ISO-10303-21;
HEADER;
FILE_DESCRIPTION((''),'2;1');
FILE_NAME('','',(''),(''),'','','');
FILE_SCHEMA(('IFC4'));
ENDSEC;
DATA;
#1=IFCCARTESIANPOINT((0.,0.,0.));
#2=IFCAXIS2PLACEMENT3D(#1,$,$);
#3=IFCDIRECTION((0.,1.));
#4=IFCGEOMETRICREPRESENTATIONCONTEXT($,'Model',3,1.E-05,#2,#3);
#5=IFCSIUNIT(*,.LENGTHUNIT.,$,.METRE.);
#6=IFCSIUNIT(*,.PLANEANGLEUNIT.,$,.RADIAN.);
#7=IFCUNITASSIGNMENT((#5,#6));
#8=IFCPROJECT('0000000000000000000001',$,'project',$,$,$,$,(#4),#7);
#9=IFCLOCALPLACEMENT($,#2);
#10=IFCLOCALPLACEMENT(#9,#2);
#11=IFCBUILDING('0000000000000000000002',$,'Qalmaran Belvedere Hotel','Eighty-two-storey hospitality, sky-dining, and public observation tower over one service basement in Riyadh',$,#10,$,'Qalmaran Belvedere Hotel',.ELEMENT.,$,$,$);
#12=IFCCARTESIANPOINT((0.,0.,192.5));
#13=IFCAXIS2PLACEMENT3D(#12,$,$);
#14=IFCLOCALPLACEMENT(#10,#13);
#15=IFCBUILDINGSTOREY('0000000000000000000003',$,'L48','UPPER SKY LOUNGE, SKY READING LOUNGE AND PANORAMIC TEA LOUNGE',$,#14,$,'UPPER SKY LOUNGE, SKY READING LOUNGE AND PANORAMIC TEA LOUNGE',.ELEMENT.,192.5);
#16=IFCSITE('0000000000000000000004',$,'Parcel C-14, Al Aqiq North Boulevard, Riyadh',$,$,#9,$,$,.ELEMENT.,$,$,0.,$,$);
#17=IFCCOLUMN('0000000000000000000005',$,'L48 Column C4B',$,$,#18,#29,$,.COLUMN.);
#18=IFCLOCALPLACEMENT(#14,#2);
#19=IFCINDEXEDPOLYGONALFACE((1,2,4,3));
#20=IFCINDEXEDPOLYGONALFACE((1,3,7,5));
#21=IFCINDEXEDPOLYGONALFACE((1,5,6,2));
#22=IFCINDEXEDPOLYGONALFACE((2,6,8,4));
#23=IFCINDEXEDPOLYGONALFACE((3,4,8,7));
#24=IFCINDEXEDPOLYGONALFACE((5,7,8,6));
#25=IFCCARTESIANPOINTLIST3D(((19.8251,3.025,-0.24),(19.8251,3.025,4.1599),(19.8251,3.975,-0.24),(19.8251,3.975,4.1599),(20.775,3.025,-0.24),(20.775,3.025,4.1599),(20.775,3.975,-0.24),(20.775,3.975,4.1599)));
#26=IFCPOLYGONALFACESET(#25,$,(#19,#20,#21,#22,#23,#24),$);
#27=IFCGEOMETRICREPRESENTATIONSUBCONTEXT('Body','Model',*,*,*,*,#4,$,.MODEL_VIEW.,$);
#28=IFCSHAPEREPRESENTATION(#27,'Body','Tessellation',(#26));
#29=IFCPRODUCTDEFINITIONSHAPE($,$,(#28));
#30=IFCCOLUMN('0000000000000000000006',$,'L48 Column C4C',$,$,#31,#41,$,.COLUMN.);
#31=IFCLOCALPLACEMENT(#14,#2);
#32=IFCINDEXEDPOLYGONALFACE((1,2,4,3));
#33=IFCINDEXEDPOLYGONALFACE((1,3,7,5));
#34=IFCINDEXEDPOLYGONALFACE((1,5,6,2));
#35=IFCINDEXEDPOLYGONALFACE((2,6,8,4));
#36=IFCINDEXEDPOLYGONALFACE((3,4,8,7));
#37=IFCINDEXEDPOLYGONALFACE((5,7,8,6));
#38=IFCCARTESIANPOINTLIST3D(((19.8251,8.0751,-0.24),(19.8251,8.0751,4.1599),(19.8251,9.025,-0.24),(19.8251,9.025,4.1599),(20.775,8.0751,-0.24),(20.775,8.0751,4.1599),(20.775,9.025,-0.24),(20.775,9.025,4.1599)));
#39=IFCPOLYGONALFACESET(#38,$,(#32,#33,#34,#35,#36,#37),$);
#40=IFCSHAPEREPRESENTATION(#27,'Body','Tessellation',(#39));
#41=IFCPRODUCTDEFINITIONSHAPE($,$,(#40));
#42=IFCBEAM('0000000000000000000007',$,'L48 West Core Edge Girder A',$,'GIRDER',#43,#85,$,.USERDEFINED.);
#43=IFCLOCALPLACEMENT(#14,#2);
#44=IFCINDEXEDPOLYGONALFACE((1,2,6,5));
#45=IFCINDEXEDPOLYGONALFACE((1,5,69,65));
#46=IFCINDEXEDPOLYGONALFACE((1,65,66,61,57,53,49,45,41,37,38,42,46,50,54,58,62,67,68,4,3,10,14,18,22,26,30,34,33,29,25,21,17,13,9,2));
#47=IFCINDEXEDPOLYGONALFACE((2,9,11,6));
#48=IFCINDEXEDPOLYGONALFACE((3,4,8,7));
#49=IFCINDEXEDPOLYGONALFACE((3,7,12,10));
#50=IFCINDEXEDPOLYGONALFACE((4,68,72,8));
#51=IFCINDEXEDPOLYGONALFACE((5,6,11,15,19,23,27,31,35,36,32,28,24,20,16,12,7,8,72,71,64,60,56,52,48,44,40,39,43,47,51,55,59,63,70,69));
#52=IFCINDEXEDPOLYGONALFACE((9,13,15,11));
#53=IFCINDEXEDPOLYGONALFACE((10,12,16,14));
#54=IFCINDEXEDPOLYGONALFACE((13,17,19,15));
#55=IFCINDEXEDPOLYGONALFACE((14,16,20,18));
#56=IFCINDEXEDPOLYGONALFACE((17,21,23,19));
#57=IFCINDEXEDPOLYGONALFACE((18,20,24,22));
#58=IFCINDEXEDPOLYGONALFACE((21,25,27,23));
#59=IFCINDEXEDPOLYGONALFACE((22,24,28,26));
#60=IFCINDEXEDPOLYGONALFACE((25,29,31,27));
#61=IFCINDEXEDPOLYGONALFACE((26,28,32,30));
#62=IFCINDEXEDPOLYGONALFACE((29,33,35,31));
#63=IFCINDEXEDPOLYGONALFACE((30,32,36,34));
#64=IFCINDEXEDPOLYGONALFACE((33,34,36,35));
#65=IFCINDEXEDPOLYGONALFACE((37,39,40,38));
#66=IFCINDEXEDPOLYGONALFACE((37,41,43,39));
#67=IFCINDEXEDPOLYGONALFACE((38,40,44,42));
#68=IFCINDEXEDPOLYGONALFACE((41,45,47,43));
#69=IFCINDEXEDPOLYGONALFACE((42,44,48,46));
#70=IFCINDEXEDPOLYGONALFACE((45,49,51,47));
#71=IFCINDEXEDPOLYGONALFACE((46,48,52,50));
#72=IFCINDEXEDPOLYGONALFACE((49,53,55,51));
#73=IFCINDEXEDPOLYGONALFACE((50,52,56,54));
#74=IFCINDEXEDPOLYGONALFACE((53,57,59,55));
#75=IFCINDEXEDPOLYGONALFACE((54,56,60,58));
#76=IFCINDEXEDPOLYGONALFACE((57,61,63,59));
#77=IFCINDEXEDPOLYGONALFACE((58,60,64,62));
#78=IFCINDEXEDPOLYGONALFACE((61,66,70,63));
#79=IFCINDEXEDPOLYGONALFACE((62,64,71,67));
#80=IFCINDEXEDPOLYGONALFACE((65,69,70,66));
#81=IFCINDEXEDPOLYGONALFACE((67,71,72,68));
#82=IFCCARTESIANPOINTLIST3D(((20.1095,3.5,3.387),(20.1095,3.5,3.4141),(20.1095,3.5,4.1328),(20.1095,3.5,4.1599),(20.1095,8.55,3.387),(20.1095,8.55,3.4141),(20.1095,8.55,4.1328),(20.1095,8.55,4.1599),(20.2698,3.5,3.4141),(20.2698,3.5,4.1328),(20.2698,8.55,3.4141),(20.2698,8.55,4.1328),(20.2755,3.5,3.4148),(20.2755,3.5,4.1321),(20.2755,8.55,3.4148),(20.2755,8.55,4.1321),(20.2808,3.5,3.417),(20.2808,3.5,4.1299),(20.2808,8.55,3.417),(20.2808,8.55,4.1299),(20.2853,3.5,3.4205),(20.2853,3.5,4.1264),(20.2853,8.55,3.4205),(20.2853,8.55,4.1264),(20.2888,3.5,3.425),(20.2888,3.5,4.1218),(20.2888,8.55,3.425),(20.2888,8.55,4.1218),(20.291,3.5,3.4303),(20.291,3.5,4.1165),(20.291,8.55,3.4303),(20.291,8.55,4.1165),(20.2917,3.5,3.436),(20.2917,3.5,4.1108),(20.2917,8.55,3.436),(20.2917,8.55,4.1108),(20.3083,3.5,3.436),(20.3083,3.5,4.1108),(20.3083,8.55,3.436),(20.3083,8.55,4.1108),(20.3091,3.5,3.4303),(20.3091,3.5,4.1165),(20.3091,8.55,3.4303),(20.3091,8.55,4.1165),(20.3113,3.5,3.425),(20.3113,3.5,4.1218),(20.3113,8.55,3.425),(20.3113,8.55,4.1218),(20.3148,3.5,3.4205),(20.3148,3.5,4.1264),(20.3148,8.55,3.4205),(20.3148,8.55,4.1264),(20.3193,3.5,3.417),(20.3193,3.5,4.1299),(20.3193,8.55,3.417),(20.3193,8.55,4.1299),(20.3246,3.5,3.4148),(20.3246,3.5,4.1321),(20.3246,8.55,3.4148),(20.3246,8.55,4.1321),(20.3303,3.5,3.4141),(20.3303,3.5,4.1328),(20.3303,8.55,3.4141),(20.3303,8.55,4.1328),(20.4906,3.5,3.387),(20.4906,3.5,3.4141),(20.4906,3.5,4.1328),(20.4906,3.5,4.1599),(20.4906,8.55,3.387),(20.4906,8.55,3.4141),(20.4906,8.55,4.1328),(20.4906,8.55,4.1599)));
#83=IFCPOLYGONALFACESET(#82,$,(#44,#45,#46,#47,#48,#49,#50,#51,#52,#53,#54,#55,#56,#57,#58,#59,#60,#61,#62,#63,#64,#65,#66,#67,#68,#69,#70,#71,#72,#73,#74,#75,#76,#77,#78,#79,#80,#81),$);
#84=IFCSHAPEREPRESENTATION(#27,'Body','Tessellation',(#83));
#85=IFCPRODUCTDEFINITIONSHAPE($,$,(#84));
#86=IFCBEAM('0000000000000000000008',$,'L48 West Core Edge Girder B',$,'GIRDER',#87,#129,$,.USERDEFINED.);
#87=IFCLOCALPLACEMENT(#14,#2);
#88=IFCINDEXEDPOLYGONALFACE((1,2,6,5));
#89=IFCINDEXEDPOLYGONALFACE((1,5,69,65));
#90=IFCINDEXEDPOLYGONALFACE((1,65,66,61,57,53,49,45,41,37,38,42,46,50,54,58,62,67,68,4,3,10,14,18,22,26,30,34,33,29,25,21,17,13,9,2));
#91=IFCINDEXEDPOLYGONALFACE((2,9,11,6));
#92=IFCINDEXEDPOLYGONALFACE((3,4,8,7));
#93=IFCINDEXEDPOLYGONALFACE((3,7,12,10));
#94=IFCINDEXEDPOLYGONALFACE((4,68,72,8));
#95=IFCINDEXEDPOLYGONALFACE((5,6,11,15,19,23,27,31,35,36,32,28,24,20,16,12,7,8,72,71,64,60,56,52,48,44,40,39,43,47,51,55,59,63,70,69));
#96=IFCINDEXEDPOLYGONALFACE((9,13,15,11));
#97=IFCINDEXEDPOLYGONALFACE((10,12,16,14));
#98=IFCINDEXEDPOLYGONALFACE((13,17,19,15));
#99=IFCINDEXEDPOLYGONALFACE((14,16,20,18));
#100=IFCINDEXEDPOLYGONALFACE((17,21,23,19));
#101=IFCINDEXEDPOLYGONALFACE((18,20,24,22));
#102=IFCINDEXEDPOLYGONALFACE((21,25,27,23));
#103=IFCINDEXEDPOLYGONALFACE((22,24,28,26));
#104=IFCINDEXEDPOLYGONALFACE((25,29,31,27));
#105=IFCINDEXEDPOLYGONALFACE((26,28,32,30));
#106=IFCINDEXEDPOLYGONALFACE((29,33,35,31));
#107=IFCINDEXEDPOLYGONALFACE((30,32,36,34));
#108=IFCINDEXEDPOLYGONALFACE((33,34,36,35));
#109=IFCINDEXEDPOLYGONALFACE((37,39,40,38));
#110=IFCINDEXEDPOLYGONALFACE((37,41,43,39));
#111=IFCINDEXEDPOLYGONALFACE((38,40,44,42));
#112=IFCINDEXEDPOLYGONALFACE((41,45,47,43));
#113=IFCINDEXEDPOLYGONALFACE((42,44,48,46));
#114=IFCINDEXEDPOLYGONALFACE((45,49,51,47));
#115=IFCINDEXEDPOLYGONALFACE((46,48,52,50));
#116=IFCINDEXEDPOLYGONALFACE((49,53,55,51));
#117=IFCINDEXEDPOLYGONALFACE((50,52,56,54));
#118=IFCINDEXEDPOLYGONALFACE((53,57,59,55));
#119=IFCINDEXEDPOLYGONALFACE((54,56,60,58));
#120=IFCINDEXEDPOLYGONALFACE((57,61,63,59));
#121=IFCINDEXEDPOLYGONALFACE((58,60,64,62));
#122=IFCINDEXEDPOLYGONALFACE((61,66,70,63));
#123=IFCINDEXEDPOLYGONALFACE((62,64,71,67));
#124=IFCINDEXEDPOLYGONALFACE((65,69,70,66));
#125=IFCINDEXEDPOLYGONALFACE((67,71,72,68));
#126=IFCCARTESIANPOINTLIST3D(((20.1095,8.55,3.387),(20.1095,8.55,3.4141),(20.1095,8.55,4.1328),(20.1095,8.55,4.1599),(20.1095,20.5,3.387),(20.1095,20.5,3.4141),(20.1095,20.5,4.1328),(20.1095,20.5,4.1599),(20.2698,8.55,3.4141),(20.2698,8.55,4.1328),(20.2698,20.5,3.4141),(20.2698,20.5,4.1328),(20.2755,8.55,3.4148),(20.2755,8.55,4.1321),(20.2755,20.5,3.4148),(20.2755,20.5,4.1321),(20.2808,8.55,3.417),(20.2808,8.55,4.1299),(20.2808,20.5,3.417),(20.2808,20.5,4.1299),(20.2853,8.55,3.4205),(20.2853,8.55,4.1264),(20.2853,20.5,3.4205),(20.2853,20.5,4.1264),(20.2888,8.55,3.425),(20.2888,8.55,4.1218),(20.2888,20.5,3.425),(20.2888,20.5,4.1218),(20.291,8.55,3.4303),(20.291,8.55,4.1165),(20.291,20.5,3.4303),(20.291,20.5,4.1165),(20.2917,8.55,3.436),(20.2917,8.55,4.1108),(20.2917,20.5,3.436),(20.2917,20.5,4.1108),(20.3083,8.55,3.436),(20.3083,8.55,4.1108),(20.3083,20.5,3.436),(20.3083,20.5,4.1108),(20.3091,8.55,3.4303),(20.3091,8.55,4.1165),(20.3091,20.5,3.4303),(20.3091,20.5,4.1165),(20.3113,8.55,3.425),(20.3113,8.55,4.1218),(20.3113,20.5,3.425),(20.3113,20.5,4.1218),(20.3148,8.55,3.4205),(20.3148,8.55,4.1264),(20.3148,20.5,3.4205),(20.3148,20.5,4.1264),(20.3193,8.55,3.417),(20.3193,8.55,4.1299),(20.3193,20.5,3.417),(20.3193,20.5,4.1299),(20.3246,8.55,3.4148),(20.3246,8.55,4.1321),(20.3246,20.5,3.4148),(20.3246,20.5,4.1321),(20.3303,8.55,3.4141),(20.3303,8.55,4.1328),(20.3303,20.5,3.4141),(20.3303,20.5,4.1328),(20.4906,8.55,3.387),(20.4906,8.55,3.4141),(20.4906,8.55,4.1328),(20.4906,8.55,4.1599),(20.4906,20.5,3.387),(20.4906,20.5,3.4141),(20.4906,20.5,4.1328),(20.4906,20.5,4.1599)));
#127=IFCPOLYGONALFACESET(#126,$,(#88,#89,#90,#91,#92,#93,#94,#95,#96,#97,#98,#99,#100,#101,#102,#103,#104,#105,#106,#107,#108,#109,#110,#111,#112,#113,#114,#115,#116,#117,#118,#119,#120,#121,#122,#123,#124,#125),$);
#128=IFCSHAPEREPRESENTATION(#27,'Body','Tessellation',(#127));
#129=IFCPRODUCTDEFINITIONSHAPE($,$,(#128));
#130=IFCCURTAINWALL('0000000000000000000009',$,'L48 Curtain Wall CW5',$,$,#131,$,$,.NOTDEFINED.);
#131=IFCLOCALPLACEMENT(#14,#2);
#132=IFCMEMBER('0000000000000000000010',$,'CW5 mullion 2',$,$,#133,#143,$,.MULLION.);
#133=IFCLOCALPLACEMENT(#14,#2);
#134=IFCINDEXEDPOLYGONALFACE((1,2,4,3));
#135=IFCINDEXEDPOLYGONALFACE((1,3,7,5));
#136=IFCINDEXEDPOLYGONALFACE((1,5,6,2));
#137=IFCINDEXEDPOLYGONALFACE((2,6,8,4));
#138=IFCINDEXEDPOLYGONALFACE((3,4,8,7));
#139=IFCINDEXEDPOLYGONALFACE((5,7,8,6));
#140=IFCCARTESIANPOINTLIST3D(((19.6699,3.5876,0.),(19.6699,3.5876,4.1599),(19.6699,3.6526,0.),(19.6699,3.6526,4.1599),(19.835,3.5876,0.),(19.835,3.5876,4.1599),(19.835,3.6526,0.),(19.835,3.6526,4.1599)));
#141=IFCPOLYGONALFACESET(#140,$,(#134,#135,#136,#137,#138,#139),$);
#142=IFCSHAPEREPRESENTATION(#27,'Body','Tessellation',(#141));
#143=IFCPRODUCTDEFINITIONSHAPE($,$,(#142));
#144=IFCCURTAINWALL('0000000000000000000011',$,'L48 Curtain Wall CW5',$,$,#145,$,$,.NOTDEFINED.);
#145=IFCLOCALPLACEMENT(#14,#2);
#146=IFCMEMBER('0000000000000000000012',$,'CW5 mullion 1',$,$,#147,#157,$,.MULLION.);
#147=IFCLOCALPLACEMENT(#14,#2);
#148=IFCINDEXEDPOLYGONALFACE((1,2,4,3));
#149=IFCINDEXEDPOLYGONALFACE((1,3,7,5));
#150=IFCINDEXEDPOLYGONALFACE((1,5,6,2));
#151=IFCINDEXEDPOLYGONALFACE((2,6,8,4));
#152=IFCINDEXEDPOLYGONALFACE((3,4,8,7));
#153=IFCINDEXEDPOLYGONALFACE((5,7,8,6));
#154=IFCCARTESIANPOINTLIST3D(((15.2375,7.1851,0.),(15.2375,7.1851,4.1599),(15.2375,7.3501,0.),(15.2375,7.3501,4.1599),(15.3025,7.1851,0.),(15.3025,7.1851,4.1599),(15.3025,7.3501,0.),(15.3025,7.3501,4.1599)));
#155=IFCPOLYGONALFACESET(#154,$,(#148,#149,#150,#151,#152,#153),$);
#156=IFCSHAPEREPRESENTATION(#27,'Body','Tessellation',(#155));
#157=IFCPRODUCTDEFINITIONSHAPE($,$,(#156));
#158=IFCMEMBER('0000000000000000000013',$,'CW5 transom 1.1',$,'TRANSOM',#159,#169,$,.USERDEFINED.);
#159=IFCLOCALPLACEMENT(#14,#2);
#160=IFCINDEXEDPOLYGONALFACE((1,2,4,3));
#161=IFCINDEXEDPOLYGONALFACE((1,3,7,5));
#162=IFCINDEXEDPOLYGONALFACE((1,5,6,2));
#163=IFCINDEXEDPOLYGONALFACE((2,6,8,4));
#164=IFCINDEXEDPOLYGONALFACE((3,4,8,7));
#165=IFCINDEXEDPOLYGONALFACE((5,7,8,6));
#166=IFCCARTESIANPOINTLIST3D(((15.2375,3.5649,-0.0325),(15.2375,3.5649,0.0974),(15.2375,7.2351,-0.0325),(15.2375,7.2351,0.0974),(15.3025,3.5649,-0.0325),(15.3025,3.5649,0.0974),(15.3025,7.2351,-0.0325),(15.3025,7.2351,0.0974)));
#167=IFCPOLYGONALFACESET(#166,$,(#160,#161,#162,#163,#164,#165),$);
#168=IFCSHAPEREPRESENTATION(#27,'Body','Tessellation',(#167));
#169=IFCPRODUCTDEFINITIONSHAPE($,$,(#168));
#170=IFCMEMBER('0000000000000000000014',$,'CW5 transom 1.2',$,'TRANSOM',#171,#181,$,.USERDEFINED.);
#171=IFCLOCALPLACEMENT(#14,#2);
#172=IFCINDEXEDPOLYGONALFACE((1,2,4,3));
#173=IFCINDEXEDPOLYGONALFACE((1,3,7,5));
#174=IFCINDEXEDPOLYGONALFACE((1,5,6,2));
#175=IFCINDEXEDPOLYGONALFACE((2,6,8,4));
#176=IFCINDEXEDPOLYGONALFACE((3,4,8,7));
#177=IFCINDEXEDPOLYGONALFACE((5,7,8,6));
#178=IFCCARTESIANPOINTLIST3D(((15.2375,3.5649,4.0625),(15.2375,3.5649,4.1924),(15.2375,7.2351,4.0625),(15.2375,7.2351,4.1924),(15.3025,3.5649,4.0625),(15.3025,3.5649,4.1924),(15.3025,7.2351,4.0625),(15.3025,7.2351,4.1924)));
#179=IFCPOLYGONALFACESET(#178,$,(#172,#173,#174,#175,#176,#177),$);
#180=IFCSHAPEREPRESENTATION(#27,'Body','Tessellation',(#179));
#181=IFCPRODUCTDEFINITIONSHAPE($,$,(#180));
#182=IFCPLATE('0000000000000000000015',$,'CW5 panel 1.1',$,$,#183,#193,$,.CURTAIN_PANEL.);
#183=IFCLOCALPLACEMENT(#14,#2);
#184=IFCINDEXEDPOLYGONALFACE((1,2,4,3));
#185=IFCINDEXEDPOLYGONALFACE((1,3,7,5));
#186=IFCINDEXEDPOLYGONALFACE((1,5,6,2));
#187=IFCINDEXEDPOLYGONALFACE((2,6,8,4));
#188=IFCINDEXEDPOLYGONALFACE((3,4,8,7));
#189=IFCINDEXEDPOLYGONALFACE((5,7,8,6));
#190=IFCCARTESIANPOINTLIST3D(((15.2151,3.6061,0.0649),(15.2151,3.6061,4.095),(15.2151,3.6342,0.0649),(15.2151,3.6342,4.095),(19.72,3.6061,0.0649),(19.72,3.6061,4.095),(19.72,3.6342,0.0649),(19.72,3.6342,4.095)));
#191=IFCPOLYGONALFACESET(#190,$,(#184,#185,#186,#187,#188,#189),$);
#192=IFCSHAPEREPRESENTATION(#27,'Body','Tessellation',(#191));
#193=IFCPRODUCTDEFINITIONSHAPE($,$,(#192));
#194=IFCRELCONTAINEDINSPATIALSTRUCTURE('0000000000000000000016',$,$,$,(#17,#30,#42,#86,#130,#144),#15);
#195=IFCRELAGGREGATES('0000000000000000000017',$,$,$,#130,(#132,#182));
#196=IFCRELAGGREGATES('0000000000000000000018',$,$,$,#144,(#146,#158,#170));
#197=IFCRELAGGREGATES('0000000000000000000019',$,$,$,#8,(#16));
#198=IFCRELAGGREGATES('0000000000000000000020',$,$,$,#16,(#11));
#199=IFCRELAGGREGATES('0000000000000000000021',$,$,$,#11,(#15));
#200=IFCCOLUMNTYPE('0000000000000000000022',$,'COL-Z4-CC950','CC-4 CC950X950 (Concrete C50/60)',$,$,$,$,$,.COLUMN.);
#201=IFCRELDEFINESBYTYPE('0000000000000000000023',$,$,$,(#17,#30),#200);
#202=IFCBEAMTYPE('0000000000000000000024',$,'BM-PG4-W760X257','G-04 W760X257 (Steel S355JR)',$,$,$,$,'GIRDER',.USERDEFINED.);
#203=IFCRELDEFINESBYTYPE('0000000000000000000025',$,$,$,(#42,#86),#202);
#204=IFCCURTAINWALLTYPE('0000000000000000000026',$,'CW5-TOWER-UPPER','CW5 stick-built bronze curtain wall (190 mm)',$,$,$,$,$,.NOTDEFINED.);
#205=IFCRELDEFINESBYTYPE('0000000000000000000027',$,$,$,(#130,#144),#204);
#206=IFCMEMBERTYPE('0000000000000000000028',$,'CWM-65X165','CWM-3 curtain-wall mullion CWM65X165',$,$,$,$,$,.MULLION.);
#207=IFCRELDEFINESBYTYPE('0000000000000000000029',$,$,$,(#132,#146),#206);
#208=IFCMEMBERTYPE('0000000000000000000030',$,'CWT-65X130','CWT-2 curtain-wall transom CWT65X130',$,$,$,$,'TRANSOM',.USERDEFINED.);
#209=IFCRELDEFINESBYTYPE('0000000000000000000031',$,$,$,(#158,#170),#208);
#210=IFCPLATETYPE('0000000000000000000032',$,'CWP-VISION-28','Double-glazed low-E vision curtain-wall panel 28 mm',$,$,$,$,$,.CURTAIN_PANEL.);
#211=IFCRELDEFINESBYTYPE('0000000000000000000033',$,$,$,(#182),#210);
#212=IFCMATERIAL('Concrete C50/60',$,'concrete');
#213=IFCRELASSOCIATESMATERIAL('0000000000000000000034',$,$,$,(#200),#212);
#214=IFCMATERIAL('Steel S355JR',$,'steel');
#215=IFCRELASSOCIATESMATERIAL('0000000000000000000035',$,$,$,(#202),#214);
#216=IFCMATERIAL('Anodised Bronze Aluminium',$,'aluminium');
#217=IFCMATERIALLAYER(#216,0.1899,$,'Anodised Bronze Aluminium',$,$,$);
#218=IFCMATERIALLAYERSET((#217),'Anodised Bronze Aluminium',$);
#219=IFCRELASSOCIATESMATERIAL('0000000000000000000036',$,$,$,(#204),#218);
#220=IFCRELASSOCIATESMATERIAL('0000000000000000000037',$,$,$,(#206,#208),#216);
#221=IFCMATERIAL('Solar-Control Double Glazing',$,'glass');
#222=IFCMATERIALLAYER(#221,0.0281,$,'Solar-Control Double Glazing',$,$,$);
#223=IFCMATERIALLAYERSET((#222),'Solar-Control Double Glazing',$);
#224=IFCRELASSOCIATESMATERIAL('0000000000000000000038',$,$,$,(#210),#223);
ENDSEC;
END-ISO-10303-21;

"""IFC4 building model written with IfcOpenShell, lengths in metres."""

from ifc_helpers import new_model, si_unit, direction, frame, origin, origin_2d, place, context, subcontext, project, spatial, rectangle, i_section, extrude, material, layer, layer_set, material_profile, profile_set, type_object, element, aggregate, save


model = new_model("IFC4")

# Units and contexts
model_context = context("Model", 3, precision=1e-05, world=origin(), true_north=direction((0.0, 1.0)))
body_context = subcontext(model_context, "Body", "Model", "MODEL_VIEW")
ifc_project = project(units=[si_unit("LENGTHUNIT", "METRE"), si_unit("PLANEANGLEUNIT", "RADIAN")], contexts=[model_context])

# Site, building, storey
site_placement = place(None, origin())
site = spatial("IfcSite", under=ifc_project, at=site_placement, Name="Parcel C-14, Al Aqiq North Boulevard, Riyadh", CompositionType="ELEMENT", RefElevation=0.0)
building_placement = place(site_placement, origin())
building = spatial("IfcBuilding", under=site, at=building_placement, Name="Qalmaran Belvedere Hotel", Description="Eighty-two-storey hospitality, sky-dining, and public observation tower over one service basement in Riyadh", LongName="Qalmaran Belvedere Hotel", CompositionType="ELEMENT")
storey_placement = place(building_placement, frame((0.0, 0.0, 192.5)))
storey = spatial("IfcBuildingStorey", under=building, at=storey_placement, Name="L48", Description="UPPER SKY LOUNGE, SKY READING LOUNGE AND PANORAMIC TEA LOUNGE", LongName="UPPER SKY LOUNGE, SKY READING LOUNGE AND PANORAMIC TEA LOUNGE", CompositionType="ELEMENT", Elevation=192.5)

# Columns
ifc_material_1 = material(Name="Concrete C50/60", Category="concrete")
ifc_material_profile_1 = material_profile(ifc_material_1, rectangle(XDim=0.95, YDim=0.95, at=origin_2d()), Name="CC950X950")
ifc_profile_set_1 = profile_set([ifc_material_profile_1], Name="Concrete C50/60")
column_type = type_object("IfcColumnType", Name="COL-Z4-CC950", Description="CC-4 CC950X950 (Concrete C50/60)", PredefinedType="COLUMN", material=ifc_profile_set_1)
for number, where, z_axis, x_axis, name in (
    (1, (20.3, 3.5, -0.24), (0.0, 0.0, 1.0), (1.0, 0.0, 0.0), "L48 Column C4B"),
    (2, (20.3, 8.55, -0.24), (0.0, 0.0, 1.0), (1.0, 0.0, 0.0), "L48 Column C4C"),
):
    element("IfcColumn", number, at=place(storey_placement, frame(where, z_axis=z_axis, x_axis=x_axis)), inside=storey, type_object=column_type, Name=name, PredefinedType="COLUMN", context=body_context, shape_type="SweptSolid", body=[
        extrude(rectangle(XDim=0.95, YDim=0.95, at=origin_2d()), origin(), (0.0, 0.0, 1.0), 4.3999),
    ])

# Beams
ifc_material_2 = material(Name="Steel S355JR", Category="steel")
ifc_material_profile_2 = material_profile(ifc_material_2, i_section(OverallWidth=0.3811, OverallDepth=0.7729, WebThickness=0.0166, FlangeThickness=0.0271, FilletRadius=0.022, at=origin_2d()), Name="W760X257")
ifc_profile_set_2 = profile_set([ifc_material_profile_2], Name="Steel S355JR")
beam_type = type_object("IfcBeamType", Name="BM-PG4-W760X257", Description="G-04 W760X257 (Steel S355JR)", ElementType="GIRDER", PredefinedType="USERDEFINED", material=ifc_profile_set_2)
beam_1_placement = place(storey_placement, frame((20.3, 3.5, 3.7734), z_axis=(0.0, 1.0, 0.0), x_axis=(-1.0, 0.0, 0.0)))
element("IfcBeam", 3, at=beam_1_placement, inside=storey, type_object=beam_type, Name="L48 West Core Edge Girder A", ObjectType="GIRDER", PredefinedType="USERDEFINED", context=body_context, shape_type="SweptSolid", body=[
    extrude(i_section(OverallWidth=0.3811, OverallDepth=0.7729, WebThickness=0.0166, FlangeThickness=0.0271, FilletRadius=0.022, at=origin_2d()), origin(), (0.0, 0.0, 1.0), 5.05),
])
beam_2_placement = place(storey_placement, frame((20.3, 8.55, 3.7734), z_axis=(0.0, 1.0, 0.0), x_axis=(-1.0, 0.0, 0.0)))
element("IfcBeam", 4, at=beam_2_placement, inside=storey, type_object=beam_type, Name="L48 West Core Edge Girder B", ObjectType="GIRDER", PredefinedType="USERDEFINED", context=body_context, shape_type="SweptSolid", body=[
    extrude(i_section(OverallWidth=0.3811, OverallDepth=0.7729, WebThickness=0.0166, FlangeThickness=0.0271, FilletRadius=0.022, at=origin_2d()), origin(), (0.0, 0.0, 1.0), 11.95),
])

# Curtain wall, member
ifc_material_3 = material(Name="Anodised Bronze Aluminium", Category="aluminium")
ifc_layer_1 = layer(ifc_material_3, 0.1899, Name="Anodised Bronze Aluminium")
ifc_layer_set_1 = layer_set([ifc_layer_1], Name="Anodised Bronze Aluminium")
curtain_wall_type = type_object("IfcCurtainWallType", Name="CW5-TOWER-UPPER", Description="CW5 stick-built bronze curtain wall (190 mm)", PredefinedType="NOTDEFINED", material=ifc_layer_set_1)
curtain_wall_1_placement = place(storey_placement, origin())
curtain_wall_1 = element("IfcCurtainWall", 5, at=curtain_wall_1_placement, inside=storey, type_object=curtain_wall_type, Name="L48 Curtain Wall CW5", PredefinedType="NOTDEFINED")
ifc_material_profile_3 = material_profile(ifc_material_3, rectangle(XDim=0.0649, YDim=0.165, at=origin_2d()), Name="CWM65X165")
ifc_profile_set_3 = profile_set([ifc_material_profile_3], Name="Anodised Bronze Aluminium")
member_type_1 = type_object("IfcMemberType", Name="CWM-65X165", Description="CWM-3 curtain-wall mullion CWM65X165", PredefinedType="MULLION", material=ifc_profile_set_3)
member_1_placement = place(storey_placement, frame((19.7524, 3.6201, 0.0), z_axis=(0.0, 0.0, 1.0), x_axis=(0.0, 1.0, 0.0)))
member_1 = element("IfcMember", 6, at=member_1_placement, type_object=member_type_1, Name="CW5 mullion 2", PredefinedType="MULLION", context=body_context, shape_type="SweptSolid", body=[
    extrude(rectangle(XDim=0.0649, YDim=0.165, at=origin_2d()), origin(), (0.0, 0.0, 1.0), 4.1599),
])

# Curtain wall, members
curtain_wall_2_placement = place(storey_placement, origin())
curtain_wall_2 = element("IfcCurtainWall", 7, at=curtain_wall_2_placement, inside=storey, type_object=curtain_wall_type, Name="L48 Curtain Wall CW5", PredefinedType="NOTDEFINED")
member_2_placement = place(storey_placement, frame((15.27, 7.2676, 0.0), z_axis=(0.0, 0.0, 1.0), x_axis=(1.0, 0.0, 0.0)))
member_2 = element("IfcMember", 8, at=member_2_placement, type_object=member_type_1, Name="CW5 mullion 1", PredefinedType="MULLION", context=body_context, shape_type="SweptSolid", body=[
    extrude(rectangle(XDim=0.0649, YDim=0.165, at=origin_2d()), origin(), (0.0, 0.0, 1.0), 4.1599),
])
ifc_material_profile_4 = material_profile(ifc_material_3, rectangle(XDim=0.0649, YDim=0.1299, at=origin_2d()), Name="CWT65X130")
ifc_profile_set_4 = profile_set([ifc_material_profile_4], Name="Anodised Bronze Aluminium")
member_type_2 = type_object("IfcMemberType", Name="CWT-65X130", Description="CWT-2 curtain-wall transom CWT65X130", ElementType="TRANSOM", PredefinedType="USERDEFINED", material=ifc_profile_set_4)
member_3_placement = place(storey_placement, frame((15.27, 7.2351, 0.0325), z_axis=(0.0, -1.0, 0.0), x_axis=(1.0, 0.0, 0.0)))
member_3 = element("IfcMember", 9, at=member_3_placement, type_object=member_type_2, Name="CW5 transom 1.1", ObjectType="TRANSOM", PredefinedType="USERDEFINED", context=body_context, shape_type="SweptSolid", body=[
    extrude(rectangle(XDim=0.0649, YDim=0.1299, at=origin_2d()), origin(), (0.0, 0.0, 1.0), 3.6702),
])
member_4_placement = place(storey_placement, frame((15.27, 7.2351, 4.1274), z_axis=(0.0, -1.0, 0.0), x_axis=(1.0, 0.0, 0.0)))
member_4 = element("IfcMember", 10, at=member_4_placement, type_object=member_type_2, Name="CW5 transom 1.2", ObjectType="TRANSOM", PredefinedType="USERDEFINED", context=body_context, shape_type="SweptSolid", body=[
    extrude(rectangle(XDim=0.0649, YDim=0.1299, at=origin_2d()), origin(), (0.0, 0.0, 1.0), 3.6702),
])

# Plate
ifc_material_4 = material(Name="Solar-Control Double Glazing", Category="glass")
ifc_layer_2 = layer(ifc_material_4, 0.0281, Name="Solar-Control Double Glazing")
ifc_layer_set_2 = layer_set([ifc_layer_2], Name="Solar-Control Double Glazing")
plate_type = type_object("IfcPlateType", Name="CWP-VISION-28", Description="Double-glazed low-E vision curtain-wall panel 28 mm", PredefinedType="CURTAIN_PANEL", material=ifc_layer_set_2)
plate_1_placement = place(storey_placement, frame((17.4675, 3.6201, 0.0649), z_axis=(0.0, 0.0, 1.0), x_axis=(1.0, 0.0, 0.0)))
plate_1 = element("IfcPlate", 11, at=plate_1_placement, type_object=plate_type, Name="CW5 panel 1.1", PredefinedType="CURTAIN_PANEL", context=body_context, shape_type="SweptSolid", body=[
    extrude(rectangle(XDim=4.5049, YDim=0.0281, at=origin_2d()), origin(), (0.0, 0.0, 1.0), 4.03),
])
aggregate(curtain_wall_1, [member_1, plate_1])
aggregate(curtain_wall_2, [member_2, member_3, member_4])

save(model, "model.ifc")
